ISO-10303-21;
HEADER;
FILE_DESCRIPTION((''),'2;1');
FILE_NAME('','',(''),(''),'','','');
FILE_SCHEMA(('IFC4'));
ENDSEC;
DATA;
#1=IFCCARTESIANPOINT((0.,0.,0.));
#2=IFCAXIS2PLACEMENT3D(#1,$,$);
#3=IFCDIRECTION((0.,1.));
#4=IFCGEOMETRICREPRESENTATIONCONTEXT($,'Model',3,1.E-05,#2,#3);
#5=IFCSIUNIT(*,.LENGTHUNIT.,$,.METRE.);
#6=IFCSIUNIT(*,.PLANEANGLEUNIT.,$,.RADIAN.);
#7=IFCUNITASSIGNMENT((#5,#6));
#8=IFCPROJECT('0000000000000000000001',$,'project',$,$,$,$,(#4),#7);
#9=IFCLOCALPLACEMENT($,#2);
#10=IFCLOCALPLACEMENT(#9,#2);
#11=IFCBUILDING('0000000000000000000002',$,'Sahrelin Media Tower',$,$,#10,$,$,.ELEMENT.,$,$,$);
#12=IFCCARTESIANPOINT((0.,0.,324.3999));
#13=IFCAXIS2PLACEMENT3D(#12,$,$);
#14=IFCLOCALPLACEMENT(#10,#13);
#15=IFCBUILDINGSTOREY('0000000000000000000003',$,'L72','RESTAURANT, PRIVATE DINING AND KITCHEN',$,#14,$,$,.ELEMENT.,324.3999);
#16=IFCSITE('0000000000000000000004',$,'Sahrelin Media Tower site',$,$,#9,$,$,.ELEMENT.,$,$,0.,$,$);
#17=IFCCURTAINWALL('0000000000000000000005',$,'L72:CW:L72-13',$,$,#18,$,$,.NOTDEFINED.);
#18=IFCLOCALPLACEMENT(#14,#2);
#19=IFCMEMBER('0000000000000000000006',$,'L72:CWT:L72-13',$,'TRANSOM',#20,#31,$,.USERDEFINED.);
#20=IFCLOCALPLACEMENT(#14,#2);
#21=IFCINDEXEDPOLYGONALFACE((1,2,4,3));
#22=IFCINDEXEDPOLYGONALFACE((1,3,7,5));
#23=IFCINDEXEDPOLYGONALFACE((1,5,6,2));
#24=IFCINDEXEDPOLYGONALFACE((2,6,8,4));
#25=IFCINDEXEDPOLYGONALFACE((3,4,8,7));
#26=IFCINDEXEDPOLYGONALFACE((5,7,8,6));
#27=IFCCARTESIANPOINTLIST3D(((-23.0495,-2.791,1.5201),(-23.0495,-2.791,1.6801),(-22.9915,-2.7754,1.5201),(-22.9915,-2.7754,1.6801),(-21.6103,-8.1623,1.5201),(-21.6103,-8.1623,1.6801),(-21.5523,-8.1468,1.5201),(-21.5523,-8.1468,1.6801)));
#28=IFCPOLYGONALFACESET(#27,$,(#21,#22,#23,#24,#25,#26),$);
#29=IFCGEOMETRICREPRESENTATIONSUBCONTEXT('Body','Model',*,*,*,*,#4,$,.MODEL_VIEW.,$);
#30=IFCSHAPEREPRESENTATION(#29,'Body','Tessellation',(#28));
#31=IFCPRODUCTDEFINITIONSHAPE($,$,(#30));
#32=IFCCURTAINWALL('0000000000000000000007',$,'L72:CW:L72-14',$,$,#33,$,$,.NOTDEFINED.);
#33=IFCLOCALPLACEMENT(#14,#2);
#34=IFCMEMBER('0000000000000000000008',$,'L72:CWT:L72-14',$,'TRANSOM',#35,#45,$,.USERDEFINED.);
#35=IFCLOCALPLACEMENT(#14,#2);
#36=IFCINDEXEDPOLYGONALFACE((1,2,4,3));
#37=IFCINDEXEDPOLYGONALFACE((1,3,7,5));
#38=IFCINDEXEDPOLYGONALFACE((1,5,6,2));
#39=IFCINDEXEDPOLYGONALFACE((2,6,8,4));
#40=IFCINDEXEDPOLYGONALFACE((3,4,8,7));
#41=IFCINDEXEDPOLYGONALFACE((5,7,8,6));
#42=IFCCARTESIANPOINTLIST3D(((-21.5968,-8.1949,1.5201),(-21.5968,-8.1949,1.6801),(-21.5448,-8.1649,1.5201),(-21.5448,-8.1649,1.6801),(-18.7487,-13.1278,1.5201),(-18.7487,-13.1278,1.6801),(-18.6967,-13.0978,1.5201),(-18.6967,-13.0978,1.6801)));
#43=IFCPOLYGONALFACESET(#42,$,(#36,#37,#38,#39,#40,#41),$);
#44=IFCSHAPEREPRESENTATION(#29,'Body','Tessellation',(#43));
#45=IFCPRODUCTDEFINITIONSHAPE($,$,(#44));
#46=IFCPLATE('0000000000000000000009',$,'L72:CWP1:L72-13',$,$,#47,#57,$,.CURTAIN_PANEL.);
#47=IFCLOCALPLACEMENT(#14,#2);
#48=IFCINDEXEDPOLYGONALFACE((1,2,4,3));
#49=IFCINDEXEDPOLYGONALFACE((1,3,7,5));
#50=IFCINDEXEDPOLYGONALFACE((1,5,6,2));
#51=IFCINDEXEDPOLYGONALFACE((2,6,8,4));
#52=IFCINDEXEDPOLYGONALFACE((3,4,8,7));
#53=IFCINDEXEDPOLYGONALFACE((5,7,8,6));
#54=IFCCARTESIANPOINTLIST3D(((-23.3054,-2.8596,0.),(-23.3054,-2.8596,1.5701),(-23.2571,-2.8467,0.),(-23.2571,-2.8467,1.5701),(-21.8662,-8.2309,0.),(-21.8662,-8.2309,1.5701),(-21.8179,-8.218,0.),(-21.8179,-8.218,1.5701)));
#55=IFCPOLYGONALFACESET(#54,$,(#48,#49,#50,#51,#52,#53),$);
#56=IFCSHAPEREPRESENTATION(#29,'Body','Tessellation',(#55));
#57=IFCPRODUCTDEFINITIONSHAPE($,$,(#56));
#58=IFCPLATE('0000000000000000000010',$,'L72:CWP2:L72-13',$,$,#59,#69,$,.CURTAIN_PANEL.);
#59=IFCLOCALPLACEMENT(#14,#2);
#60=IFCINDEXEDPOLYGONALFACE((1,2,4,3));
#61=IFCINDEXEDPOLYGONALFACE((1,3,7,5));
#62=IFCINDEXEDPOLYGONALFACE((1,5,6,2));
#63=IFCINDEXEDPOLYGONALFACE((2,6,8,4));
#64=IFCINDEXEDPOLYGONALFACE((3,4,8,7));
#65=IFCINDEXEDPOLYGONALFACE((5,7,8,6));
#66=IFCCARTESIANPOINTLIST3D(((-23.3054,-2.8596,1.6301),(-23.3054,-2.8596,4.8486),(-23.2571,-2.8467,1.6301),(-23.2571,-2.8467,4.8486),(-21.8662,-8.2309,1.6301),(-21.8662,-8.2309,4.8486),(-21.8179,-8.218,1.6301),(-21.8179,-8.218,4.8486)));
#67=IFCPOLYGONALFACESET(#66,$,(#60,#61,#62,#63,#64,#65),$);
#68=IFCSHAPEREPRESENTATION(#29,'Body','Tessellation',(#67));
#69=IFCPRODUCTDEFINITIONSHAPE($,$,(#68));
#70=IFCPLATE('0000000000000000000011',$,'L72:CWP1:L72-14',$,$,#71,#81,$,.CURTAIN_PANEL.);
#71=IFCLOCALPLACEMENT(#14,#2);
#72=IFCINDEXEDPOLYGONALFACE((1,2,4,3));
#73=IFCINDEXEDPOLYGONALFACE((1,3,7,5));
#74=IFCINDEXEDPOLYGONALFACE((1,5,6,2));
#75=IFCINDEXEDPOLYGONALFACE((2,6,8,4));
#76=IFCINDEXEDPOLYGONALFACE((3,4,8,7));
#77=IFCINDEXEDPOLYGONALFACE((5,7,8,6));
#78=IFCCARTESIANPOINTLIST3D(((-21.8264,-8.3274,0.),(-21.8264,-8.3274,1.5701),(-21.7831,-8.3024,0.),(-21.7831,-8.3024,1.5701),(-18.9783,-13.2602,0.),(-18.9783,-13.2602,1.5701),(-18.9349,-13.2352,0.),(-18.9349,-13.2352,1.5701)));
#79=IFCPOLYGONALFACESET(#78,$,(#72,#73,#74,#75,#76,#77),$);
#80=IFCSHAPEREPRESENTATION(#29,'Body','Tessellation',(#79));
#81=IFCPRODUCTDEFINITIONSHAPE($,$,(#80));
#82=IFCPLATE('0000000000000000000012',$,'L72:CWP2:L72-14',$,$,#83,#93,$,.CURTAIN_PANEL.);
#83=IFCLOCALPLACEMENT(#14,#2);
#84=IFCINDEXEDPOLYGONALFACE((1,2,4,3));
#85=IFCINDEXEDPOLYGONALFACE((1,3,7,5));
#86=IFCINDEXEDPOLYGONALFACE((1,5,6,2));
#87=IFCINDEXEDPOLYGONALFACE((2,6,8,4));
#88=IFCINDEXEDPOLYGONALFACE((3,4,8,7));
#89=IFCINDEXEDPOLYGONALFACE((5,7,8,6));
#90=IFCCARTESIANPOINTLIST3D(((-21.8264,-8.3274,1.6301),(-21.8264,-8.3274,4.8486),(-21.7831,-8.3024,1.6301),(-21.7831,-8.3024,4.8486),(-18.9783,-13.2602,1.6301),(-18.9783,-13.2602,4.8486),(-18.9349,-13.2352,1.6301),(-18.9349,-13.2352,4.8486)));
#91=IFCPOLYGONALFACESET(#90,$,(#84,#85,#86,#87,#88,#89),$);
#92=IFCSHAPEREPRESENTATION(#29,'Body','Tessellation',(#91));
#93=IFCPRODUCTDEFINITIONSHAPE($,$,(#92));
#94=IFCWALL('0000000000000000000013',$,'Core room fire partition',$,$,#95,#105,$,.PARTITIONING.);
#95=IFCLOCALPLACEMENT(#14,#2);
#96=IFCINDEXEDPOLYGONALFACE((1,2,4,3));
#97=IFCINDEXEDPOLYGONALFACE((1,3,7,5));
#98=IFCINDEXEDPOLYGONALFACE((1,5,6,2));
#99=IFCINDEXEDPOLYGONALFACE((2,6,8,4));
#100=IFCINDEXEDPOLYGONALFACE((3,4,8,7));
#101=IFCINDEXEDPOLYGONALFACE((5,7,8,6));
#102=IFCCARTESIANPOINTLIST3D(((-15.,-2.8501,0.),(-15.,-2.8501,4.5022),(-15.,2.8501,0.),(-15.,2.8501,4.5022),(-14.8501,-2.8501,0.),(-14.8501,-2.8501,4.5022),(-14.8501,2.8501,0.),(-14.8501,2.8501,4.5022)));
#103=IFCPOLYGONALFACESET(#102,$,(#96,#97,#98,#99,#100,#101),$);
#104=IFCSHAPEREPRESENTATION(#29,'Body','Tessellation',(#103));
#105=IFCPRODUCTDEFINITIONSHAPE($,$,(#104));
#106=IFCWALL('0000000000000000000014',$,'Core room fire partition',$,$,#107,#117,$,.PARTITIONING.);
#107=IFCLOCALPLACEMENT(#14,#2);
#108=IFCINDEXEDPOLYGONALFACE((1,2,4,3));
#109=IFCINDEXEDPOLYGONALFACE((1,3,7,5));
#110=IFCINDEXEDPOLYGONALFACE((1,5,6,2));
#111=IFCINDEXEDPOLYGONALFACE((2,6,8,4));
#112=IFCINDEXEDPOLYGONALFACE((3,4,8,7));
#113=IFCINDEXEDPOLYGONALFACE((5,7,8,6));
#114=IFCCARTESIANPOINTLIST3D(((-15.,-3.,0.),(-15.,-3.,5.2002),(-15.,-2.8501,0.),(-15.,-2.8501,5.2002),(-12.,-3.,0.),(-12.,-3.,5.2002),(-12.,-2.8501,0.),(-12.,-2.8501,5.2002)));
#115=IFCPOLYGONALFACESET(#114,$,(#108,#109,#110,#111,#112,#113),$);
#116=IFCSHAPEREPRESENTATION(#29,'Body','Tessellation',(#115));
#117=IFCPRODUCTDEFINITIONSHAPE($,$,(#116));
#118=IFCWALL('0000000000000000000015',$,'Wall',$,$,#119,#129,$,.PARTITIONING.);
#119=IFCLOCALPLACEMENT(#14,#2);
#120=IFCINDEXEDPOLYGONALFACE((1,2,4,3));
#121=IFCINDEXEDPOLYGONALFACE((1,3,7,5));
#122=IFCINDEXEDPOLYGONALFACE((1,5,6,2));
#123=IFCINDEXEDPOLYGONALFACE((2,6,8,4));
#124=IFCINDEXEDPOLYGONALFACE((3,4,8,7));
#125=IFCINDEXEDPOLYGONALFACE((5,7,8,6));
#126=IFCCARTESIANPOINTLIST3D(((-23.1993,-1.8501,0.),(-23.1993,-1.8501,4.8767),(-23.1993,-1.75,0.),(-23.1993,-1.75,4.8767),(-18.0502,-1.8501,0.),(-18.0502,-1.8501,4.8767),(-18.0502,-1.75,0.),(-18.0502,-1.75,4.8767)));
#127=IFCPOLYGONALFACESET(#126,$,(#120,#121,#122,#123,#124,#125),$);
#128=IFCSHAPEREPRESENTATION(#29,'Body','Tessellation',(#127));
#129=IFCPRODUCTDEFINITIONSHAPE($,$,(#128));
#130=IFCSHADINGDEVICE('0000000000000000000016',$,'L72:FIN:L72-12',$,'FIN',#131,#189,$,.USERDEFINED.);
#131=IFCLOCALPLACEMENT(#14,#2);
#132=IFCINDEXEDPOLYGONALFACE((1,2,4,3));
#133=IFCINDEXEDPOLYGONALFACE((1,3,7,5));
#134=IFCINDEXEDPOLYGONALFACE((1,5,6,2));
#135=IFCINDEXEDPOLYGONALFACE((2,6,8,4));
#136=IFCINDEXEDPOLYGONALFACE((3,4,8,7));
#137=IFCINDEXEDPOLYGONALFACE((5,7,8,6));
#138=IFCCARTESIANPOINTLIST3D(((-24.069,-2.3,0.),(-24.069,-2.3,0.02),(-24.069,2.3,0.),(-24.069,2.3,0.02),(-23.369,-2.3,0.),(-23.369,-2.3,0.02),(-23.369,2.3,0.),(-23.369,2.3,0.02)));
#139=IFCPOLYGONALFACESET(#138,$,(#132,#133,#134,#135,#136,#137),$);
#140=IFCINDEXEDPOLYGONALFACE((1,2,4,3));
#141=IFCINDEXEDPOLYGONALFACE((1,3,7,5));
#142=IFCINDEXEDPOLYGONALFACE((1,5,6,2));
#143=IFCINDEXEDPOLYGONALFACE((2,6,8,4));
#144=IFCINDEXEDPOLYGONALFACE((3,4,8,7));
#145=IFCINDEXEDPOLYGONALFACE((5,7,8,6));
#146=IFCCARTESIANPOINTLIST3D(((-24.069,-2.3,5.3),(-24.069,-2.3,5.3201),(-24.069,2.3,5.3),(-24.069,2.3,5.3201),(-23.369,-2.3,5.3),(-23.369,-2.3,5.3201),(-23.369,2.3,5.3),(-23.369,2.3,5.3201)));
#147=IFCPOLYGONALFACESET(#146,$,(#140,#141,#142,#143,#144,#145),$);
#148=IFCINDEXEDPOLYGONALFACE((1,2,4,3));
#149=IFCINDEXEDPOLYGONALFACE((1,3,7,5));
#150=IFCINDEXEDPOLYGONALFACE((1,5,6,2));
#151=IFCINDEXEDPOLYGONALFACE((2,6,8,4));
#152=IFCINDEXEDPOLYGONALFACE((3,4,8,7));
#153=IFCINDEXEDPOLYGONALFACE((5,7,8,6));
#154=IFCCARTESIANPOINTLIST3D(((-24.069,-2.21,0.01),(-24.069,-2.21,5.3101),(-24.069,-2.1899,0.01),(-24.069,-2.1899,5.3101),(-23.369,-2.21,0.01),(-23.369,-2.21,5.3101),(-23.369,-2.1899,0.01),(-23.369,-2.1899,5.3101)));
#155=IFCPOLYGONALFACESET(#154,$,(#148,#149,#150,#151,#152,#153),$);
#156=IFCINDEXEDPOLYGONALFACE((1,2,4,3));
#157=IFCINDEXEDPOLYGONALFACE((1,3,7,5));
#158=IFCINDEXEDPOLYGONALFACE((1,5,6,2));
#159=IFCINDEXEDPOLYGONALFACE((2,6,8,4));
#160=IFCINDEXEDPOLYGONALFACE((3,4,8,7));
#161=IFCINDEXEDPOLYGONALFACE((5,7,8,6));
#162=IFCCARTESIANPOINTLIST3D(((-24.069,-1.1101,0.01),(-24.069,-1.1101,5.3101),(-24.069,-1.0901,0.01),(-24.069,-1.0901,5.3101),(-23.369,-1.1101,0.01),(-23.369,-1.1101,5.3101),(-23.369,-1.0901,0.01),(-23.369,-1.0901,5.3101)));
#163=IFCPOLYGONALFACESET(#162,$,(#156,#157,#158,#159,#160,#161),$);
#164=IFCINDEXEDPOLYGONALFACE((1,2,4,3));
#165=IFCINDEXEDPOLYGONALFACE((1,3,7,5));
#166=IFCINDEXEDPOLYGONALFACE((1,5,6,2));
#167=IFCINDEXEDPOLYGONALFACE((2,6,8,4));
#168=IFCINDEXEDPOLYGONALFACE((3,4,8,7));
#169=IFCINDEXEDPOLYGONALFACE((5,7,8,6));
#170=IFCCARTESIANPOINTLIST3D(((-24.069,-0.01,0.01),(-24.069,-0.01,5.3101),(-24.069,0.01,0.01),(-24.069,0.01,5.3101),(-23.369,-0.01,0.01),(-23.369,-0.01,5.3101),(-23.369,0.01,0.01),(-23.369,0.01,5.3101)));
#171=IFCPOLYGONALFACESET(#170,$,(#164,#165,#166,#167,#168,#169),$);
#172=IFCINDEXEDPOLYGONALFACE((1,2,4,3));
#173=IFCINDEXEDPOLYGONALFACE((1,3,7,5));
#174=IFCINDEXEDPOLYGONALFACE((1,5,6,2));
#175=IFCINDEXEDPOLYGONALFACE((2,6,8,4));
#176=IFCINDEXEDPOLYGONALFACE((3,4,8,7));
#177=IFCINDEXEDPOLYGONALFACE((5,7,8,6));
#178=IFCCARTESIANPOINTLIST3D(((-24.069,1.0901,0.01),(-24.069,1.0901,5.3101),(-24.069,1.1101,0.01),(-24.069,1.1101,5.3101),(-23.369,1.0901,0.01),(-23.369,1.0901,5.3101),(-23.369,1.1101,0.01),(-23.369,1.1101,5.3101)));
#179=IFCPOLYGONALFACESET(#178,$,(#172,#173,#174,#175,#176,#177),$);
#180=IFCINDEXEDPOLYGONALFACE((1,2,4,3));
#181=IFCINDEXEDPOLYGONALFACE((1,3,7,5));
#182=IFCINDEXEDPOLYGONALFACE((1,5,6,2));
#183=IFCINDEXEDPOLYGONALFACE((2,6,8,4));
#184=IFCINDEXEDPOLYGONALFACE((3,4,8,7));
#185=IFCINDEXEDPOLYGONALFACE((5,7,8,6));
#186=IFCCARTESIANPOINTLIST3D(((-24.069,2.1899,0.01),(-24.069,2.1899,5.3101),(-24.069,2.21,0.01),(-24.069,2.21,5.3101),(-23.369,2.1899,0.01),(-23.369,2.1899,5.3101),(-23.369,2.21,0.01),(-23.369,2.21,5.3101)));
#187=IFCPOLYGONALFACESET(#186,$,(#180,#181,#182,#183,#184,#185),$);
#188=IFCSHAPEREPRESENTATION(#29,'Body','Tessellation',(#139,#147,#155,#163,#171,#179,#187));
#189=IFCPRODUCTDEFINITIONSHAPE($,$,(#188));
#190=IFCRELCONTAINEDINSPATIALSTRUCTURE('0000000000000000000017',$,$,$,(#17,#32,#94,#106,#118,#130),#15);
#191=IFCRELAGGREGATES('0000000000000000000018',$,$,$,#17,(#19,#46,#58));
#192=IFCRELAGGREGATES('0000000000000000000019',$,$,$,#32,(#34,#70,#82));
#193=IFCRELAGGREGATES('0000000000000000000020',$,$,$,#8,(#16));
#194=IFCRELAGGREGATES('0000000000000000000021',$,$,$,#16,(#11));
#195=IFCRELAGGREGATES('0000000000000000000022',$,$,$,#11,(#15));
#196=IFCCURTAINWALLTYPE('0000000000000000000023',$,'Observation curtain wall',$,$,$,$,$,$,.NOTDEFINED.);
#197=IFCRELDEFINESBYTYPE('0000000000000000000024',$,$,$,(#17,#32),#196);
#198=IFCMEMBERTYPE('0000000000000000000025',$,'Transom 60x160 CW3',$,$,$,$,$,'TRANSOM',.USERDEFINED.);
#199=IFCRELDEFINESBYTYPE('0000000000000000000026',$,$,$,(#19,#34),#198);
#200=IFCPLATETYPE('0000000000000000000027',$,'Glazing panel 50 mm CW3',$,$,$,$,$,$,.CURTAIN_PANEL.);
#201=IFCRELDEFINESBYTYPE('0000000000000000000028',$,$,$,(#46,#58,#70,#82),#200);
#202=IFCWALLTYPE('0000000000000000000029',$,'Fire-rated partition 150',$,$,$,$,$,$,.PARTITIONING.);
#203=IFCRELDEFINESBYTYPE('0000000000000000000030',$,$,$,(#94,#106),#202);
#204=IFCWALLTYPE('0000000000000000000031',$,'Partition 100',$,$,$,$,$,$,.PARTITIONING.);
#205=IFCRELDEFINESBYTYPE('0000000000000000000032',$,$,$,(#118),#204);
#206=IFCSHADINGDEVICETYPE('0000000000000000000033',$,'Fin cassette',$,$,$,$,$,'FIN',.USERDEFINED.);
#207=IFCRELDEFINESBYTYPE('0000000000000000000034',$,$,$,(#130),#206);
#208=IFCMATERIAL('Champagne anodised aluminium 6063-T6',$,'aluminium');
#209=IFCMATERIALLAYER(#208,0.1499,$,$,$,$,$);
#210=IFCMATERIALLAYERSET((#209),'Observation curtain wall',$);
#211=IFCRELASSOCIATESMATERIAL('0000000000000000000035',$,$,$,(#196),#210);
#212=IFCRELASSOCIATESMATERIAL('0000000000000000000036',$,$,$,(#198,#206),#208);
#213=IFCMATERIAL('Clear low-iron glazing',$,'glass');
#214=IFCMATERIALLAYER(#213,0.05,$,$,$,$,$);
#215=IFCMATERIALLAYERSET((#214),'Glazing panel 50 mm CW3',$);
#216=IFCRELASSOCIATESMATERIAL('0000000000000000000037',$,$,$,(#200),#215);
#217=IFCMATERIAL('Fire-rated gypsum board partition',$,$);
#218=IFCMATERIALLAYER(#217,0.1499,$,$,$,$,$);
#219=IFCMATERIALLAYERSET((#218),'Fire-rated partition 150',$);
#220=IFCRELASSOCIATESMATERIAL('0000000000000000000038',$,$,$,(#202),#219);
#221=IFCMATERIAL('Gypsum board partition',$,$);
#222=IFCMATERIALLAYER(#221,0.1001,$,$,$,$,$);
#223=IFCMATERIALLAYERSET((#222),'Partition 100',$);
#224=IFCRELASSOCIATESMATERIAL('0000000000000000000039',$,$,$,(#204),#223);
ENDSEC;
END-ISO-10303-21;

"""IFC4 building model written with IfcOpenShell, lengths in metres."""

from ifc_helpers import new_model, si_unit, direction, frame, frame_2d, origin, origin_2d, place, context, subcontext, project, spatial, polyline, rectangle, outline, extrude, material, layer, layer_set, material_profile, profile_set, type_object, element, aggregate, save


model = new_model("IFC4")

# Units and contexts
model_context = context("Model", 3, precision=1e-05, world=origin(), true_north=direction((0.0, 1.0)))
body_context = subcontext(model_context, "Body", "Model", "MODEL_VIEW")
ifc_project = project(units=[si_unit("LENGTHUNIT", "METRE"), si_unit("PLANEANGLEUNIT", "RADIAN")], contexts=[model_context])

# Site, building, storey
site_placement = place(None, origin())
site = spatial("IfcSite", under=ifc_project, at=site_placement, Name="Sahrelin Media Tower site", CompositionType="ELEMENT", RefElevation=0.0)
building_placement = place(site_placement, origin())
building = spatial("IfcBuilding", under=site, at=building_placement, Name="Sahrelin Media Tower", CompositionType="ELEMENT")
storey_placement = place(building_placement, frame((0.0, 0.0, 324.3999)))
storey = spatial("IfcBuildingStorey", under=building, at=storey_placement, Name="L72", Description="RESTAURANT, PRIVATE DINING AND KITCHEN", CompositionType="ELEMENT", Elevation=324.3999)

# Curtain wall
ifc_material_1 = material(Name="Champagne anodised aluminium 6063-T6", Category="aluminium")
ifc_layer_1 = layer(ifc_material_1, 0.1499)
ifc_layer_set_1 = layer_set([ifc_layer_1], Name="Observation curtain wall")
curtain_wall_type = type_object("IfcCurtainWallType", Name="Observation curtain wall", PredefinedType="NOTDEFINED", material=ifc_layer_set_1)
curtain_wall_1_placement = place(storey_placement, frame((-22.5664, -5.5403, 0.0), z_axis=(0.0, 0.0, 1.0), x_axis=(1.0, 0.0, 0.0)))
curtain_wall_1 = element("IfcCurtainWall", 1, at=curtain_wall_1_placement, inside=storey, type_object=curtain_wall_type, Name="L72:CW:L72-13", PredefinedType="NOTDEFINED")

# Member
ifc_material_profile_1 = material_profile(ifc_material_1, rectangle(XDim=0.0601, YDim=0.1599, at=origin_2d()), Name="Transom 60x160")
ifc_profile_set_1 = profile_set([ifc_material_profile_1], Name="Champagne anodised aluminium 6063-T6")
member_type_1 = type_object("IfcMemberType", Name="Transom 60x160 CW3", ElementType="TRANSOM", PredefinedType="USERDEFINED", material=ifc_profile_set_1)
member_1_placement = place(storey_placement, frame((-23.0205, -2.7832, 1.6001), z_axis=(0.258813, -0.965927, 0.0), x_axis=(0.965927, 0.258813, 0.0)))
member_1 = element("IfcMember", 2, at=member_1_placement, type_object=member_type_1, Name="L72:CWT:L72-13", ObjectType="TRANSOM", PredefinedType="USERDEFINED", context=body_context, shape_type="SweptSolid", body=[
    extrude(rectangle(XDim=0.0601, YDim=0.1599, at=origin_2d()), origin(), (0.0, 0.0, 1.0), 5.5608),
])

# Curtain wall, member
curtain_wall_2_placement = place(storey_placement, frame((-20.385, -10.7839, 0.0), z_axis=(0.0, 0.0, 1.0), x_axis=(1.0, 0.0, 0.0)))
curtain_wall_2 = element("IfcCurtainWall", 3, at=curtain_wall_2_placement, inside=storey, type_object=curtain_wall_type, Name="L72:CW:L72-14", PredefinedType="NOTDEFINED")
member_2_placement = place(storey_placement, frame((-21.5708, -8.1799, 1.6001), z_axis=(0.500021, -0.866014, 0.0), x_axis=(0.866014, 0.500021, 0.0)))
member_2 = element("IfcMember", 4, at=member_2_placement, type_object=member_type_1, Name="L72:CWT:L72-14", ObjectType="TRANSOM", PredefinedType="USERDEFINED", context=body_context, shape_type="SweptSolid", body=[
    extrude(rectangle(XDim=0.0601, YDim=0.1599, at=origin_2d()), origin(), (0.0, 0.0, 1.0), 5.696),
])

# Plates
ifc_material_2 = material(Name="Clear low-iron glazing", Category="glass")
ifc_layer_2 = layer(ifc_material_2, 0.05)
ifc_layer_set_2 = layer_set([ifc_layer_2], Name="Glazing panel 50 mm CW3")
plate_type = type_object("IfcPlateType", Name="Glazing panel 50 mm CW3", PredefinedType="CURTAIN_PANEL", material=ifc_layer_set_2)
plate_1_placement = place(storey_placement, frame((-23.3054, -2.8596, 0.0), z_axis=(-0.965927, -0.258813, 0.0), x_axis=(0.258813, -0.965927, 0.0)))
plate_1 = element("IfcPlate", 5, at=plate_1_placement, type_object=plate_type, Name="L72:CWP1:L72-13", PredefinedType="CURTAIN_PANEL", context=body_context, shape_type="SweptSolid", body=[
    extrude(outline(polyline([(0.0, 0.0), (5.5608, 0.0), (5.5608, 1.5701), (0.0, 1.5701), (0.0, 0.0)])), origin(), (0.0, 0.0, -1.0), 0.05),
])
plate_2_placement = place(storey_placement, frame((-23.3054, -2.8596, 1.6301), z_axis=(-0.965927, -0.258813, 0.0), x_axis=(0.258813, -0.965927, 0.0)))
plate_2 = element("IfcPlate", 6, at=plate_2_placement, type_object=plate_type, Name="L72:CWP2:L72-13", PredefinedType="CURTAIN_PANEL", context=body_context, shape_type="SweptSolid", body=[
    extrude(outline(polyline([(0.0, 0.0), (5.5608, 0.0), (5.5608, 3.2185), (0.0, 3.2185), (0.0, 0.0)])), origin(), (0.0, 0.0, -1.0), 0.05),
])
aggregate(curtain_wall_1, [member_1, plate_1, plate_2])
plate_3_placement = place(storey_placement, frame((-21.8264, -8.3274, 0.0), z_axis=(-0.866014, -0.500021, 0.0), x_axis=(0.500021, -0.866014, 0.0)))
plate_3 = element("IfcPlate", 7, at=plate_3_placement, type_object=plate_type, Name="L72:CWP1:L72-14", PredefinedType="CURTAIN_PANEL", context=body_context, shape_type="SweptSolid", body=[
    extrude(outline(polyline([(0.0, 0.0), (5.696, 0.0), (5.696, 1.5701), (0.0, 1.5701), (0.0, 0.0)])), origin(), (0.0, 0.0, -1.0), 0.05),
])
plate_4_placement = place(storey_placement, frame((-21.8264, -8.3274, 1.6301), z_axis=(-0.866014, -0.500021, 0.0), x_axis=(0.500021, -0.866014, 0.0)))
plate_4 = element("IfcPlate", 8, at=plate_4_placement, type_object=plate_type, Name="L72:CWP2:L72-14", PredefinedType="CURTAIN_PANEL", context=body_context, shape_type="SweptSolid", body=[
    extrude(outline(polyline([(0.0, 0.0), (5.696, 0.0), (5.696, 3.2185), (0.0, 3.2185), (0.0, 0.0)])), origin(), (0.0, 0.0, -1.0), 0.05),
])
aggregate(curtain_wall_2, [member_2, plate_3, plate_4])

# Walls
ifc_material_3 = material(Name="Fire-rated gypsum board partition")
ifc_layer_3 = layer(ifc_material_3, 0.1499)
ifc_layer_set_3 = layer_set([ifc_layer_3], Name="Fire-rated partition 150")
wall_type_1 = type_object("IfcWallType", Name="Fire-rated partition 150", PredefinedType="PARTITIONING", material=ifc_layer_set_3)
wall_1_placement = place(storey_placement, frame((-14.925, -2.8501, 0.0), z_axis=(0.0, 0.0, 1.0), x_axis=(0.0, 1.0, 0.0)))
element("IfcWall", 9, at=wall_1_placement, inside=storey, type_object=wall_type_1, Name="Core room fire partition", PredefinedType="PARTITIONING", context=body_context, shape_type="SweptSolid", body=[
    extrude(rectangle(XDim=5.7002, YDim=0.1499, at=frame_2d((2.8501, 0.0))), origin(), (0.0, 0.0, 1.0), 4.5022),
])
wall_2_placement = place(storey_placement, frame((-15.0, -2.925, 0.0), z_axis=(0.0, 0.0, 1.0), x_axis=(1.0, 0.0, 0.0)))
element("IfcWall", 10, at=wall_2_placement, inside=storey, type_object=wall_type_1, Name="Core room fire partition", PredefinedType="PARTITIONING", context=body_context, shape_type="SweptSolid", body=[
    extrude(rectangle(XDim=3.0, YDim=0.1499, at=frame_2d((1.5, 0.0))), origin(), (0.0, 0.0, 1.0), 5.2002),
])
ifc_material_4 = material(Name="Gypsum board partition")
ifc_layer_4 = layer(ifc_material_4, 0.1001)
ifc_layer_set_4 = layer_set([ifc_layer_4], Name="Partition 100")
wall_type_2 = type_object("IfcWallType", Name="Partition 100", PredefinedType="PARTITIONING", material=ifc_layer_set_4)
wall_3_placement = place(storey_placement, frame((-18.05, -1.8, 0.0), z_axis=(0.0, 0.0, 1.0), x_axis=(-1.0, 0.0, 0.0)))
element("IfcWall", 11, at=wall_3_placement, inside=storey, type_object=wall_type_2, Name="Wall", PredefinedType="PARTITIONING", context=body_context, shape_type="SweptSolid", body=[
    extrude(rectangle(XDim=5.1492, YDim=0.1001, at=frame_2d((2.5747, 0.0))), origin(), (0.0, 0.0, 1.0), 4.8767),
])

# Shading device
shading_device_type_1 = type_object("IfcShadingDeviceType", Name="Fin cassette", ElementType="FIN", PredefinedType="USERDEFINED", material=ifc_material_1)
placement_1 = place(storey_placement, frame((-23.2991, 0.0, 0.0), z_axis=(0.0, 0.0, 1.0), x_axis=(0.0, 1.0, 0.0)))
element("IfcShadingDevice", 12, at=placement_1, inside=storey, type_object=shading_device_type_1, Name="L72:FIN:L72-12", ObjectType="FIN", PredefinedType="USERDEFINED", context=body_context, shape_type="SweptSolid", body=[
    extrude(rectangle(XDim=4.6001, YDim=0.7, at=origin_2d()), frame((0.0, 0.4199, 0.0)), (0.0, 0.0, 1.0), 0.02),
    extrude(rectangle(XDim=4.6001, YDim=0.7, at=origin_2d()), frame((0.0, 0.4199, 5.3)), (0.0, 0.0, 1.0), 0.02),
    extrude(rectangle(XDim=0.02, YDim=0.7, at=origin_2d()), frame((-2.2, 0.4199, 0.01), z_axis=(0.0, 0.0, 1.0), x_axis=(1.0, 0.0, 0.0)), (0.0, 0.0, 1.0), 5.3),
    extrude(rectangle(XDim=0.02, YDim=0.7, at=origin_2d()), frame((-1.1001, 0.4199, 0.01), z_axis=(0.0, 0.0, 1.0), x_axis=(1.0, 0.0, 0.0)), (0.0, 0.0, 1.0), 5.3),
    extrude(rectangle(XDim=0.02, YDim=0.7, at=origin_2d()), frame((0.0, 0.4199, 0.01), z_axis=(0.0, 0.0, 1.0), x_axis=(1.0, 0.0, 0.0)), (0.0, 0.0, 1.0), 5.3),
    extrude(rectangle(XDim=0.02, YDim=0.7, at=origin_2d()), frame((1.1001, 0.4199, 0.01), z_axis=(0.0, 0.0, 1.0), x_axis=(1.0, 0.0, 0.0)), (0.0, 0.0, 1.0), 5.3),
    extrude(rectangle(XDim=0.02, YDim=0.7, at=origin_2d()), frame((2.2, 0.4199, 0.01), z_axis=(0.0, 0.0, 1.0), x_axis=(1.0, 0.0, 0.0)), (0.0, 0.0, 1.0), 5.3),
])

save(model, "model.ifc")
